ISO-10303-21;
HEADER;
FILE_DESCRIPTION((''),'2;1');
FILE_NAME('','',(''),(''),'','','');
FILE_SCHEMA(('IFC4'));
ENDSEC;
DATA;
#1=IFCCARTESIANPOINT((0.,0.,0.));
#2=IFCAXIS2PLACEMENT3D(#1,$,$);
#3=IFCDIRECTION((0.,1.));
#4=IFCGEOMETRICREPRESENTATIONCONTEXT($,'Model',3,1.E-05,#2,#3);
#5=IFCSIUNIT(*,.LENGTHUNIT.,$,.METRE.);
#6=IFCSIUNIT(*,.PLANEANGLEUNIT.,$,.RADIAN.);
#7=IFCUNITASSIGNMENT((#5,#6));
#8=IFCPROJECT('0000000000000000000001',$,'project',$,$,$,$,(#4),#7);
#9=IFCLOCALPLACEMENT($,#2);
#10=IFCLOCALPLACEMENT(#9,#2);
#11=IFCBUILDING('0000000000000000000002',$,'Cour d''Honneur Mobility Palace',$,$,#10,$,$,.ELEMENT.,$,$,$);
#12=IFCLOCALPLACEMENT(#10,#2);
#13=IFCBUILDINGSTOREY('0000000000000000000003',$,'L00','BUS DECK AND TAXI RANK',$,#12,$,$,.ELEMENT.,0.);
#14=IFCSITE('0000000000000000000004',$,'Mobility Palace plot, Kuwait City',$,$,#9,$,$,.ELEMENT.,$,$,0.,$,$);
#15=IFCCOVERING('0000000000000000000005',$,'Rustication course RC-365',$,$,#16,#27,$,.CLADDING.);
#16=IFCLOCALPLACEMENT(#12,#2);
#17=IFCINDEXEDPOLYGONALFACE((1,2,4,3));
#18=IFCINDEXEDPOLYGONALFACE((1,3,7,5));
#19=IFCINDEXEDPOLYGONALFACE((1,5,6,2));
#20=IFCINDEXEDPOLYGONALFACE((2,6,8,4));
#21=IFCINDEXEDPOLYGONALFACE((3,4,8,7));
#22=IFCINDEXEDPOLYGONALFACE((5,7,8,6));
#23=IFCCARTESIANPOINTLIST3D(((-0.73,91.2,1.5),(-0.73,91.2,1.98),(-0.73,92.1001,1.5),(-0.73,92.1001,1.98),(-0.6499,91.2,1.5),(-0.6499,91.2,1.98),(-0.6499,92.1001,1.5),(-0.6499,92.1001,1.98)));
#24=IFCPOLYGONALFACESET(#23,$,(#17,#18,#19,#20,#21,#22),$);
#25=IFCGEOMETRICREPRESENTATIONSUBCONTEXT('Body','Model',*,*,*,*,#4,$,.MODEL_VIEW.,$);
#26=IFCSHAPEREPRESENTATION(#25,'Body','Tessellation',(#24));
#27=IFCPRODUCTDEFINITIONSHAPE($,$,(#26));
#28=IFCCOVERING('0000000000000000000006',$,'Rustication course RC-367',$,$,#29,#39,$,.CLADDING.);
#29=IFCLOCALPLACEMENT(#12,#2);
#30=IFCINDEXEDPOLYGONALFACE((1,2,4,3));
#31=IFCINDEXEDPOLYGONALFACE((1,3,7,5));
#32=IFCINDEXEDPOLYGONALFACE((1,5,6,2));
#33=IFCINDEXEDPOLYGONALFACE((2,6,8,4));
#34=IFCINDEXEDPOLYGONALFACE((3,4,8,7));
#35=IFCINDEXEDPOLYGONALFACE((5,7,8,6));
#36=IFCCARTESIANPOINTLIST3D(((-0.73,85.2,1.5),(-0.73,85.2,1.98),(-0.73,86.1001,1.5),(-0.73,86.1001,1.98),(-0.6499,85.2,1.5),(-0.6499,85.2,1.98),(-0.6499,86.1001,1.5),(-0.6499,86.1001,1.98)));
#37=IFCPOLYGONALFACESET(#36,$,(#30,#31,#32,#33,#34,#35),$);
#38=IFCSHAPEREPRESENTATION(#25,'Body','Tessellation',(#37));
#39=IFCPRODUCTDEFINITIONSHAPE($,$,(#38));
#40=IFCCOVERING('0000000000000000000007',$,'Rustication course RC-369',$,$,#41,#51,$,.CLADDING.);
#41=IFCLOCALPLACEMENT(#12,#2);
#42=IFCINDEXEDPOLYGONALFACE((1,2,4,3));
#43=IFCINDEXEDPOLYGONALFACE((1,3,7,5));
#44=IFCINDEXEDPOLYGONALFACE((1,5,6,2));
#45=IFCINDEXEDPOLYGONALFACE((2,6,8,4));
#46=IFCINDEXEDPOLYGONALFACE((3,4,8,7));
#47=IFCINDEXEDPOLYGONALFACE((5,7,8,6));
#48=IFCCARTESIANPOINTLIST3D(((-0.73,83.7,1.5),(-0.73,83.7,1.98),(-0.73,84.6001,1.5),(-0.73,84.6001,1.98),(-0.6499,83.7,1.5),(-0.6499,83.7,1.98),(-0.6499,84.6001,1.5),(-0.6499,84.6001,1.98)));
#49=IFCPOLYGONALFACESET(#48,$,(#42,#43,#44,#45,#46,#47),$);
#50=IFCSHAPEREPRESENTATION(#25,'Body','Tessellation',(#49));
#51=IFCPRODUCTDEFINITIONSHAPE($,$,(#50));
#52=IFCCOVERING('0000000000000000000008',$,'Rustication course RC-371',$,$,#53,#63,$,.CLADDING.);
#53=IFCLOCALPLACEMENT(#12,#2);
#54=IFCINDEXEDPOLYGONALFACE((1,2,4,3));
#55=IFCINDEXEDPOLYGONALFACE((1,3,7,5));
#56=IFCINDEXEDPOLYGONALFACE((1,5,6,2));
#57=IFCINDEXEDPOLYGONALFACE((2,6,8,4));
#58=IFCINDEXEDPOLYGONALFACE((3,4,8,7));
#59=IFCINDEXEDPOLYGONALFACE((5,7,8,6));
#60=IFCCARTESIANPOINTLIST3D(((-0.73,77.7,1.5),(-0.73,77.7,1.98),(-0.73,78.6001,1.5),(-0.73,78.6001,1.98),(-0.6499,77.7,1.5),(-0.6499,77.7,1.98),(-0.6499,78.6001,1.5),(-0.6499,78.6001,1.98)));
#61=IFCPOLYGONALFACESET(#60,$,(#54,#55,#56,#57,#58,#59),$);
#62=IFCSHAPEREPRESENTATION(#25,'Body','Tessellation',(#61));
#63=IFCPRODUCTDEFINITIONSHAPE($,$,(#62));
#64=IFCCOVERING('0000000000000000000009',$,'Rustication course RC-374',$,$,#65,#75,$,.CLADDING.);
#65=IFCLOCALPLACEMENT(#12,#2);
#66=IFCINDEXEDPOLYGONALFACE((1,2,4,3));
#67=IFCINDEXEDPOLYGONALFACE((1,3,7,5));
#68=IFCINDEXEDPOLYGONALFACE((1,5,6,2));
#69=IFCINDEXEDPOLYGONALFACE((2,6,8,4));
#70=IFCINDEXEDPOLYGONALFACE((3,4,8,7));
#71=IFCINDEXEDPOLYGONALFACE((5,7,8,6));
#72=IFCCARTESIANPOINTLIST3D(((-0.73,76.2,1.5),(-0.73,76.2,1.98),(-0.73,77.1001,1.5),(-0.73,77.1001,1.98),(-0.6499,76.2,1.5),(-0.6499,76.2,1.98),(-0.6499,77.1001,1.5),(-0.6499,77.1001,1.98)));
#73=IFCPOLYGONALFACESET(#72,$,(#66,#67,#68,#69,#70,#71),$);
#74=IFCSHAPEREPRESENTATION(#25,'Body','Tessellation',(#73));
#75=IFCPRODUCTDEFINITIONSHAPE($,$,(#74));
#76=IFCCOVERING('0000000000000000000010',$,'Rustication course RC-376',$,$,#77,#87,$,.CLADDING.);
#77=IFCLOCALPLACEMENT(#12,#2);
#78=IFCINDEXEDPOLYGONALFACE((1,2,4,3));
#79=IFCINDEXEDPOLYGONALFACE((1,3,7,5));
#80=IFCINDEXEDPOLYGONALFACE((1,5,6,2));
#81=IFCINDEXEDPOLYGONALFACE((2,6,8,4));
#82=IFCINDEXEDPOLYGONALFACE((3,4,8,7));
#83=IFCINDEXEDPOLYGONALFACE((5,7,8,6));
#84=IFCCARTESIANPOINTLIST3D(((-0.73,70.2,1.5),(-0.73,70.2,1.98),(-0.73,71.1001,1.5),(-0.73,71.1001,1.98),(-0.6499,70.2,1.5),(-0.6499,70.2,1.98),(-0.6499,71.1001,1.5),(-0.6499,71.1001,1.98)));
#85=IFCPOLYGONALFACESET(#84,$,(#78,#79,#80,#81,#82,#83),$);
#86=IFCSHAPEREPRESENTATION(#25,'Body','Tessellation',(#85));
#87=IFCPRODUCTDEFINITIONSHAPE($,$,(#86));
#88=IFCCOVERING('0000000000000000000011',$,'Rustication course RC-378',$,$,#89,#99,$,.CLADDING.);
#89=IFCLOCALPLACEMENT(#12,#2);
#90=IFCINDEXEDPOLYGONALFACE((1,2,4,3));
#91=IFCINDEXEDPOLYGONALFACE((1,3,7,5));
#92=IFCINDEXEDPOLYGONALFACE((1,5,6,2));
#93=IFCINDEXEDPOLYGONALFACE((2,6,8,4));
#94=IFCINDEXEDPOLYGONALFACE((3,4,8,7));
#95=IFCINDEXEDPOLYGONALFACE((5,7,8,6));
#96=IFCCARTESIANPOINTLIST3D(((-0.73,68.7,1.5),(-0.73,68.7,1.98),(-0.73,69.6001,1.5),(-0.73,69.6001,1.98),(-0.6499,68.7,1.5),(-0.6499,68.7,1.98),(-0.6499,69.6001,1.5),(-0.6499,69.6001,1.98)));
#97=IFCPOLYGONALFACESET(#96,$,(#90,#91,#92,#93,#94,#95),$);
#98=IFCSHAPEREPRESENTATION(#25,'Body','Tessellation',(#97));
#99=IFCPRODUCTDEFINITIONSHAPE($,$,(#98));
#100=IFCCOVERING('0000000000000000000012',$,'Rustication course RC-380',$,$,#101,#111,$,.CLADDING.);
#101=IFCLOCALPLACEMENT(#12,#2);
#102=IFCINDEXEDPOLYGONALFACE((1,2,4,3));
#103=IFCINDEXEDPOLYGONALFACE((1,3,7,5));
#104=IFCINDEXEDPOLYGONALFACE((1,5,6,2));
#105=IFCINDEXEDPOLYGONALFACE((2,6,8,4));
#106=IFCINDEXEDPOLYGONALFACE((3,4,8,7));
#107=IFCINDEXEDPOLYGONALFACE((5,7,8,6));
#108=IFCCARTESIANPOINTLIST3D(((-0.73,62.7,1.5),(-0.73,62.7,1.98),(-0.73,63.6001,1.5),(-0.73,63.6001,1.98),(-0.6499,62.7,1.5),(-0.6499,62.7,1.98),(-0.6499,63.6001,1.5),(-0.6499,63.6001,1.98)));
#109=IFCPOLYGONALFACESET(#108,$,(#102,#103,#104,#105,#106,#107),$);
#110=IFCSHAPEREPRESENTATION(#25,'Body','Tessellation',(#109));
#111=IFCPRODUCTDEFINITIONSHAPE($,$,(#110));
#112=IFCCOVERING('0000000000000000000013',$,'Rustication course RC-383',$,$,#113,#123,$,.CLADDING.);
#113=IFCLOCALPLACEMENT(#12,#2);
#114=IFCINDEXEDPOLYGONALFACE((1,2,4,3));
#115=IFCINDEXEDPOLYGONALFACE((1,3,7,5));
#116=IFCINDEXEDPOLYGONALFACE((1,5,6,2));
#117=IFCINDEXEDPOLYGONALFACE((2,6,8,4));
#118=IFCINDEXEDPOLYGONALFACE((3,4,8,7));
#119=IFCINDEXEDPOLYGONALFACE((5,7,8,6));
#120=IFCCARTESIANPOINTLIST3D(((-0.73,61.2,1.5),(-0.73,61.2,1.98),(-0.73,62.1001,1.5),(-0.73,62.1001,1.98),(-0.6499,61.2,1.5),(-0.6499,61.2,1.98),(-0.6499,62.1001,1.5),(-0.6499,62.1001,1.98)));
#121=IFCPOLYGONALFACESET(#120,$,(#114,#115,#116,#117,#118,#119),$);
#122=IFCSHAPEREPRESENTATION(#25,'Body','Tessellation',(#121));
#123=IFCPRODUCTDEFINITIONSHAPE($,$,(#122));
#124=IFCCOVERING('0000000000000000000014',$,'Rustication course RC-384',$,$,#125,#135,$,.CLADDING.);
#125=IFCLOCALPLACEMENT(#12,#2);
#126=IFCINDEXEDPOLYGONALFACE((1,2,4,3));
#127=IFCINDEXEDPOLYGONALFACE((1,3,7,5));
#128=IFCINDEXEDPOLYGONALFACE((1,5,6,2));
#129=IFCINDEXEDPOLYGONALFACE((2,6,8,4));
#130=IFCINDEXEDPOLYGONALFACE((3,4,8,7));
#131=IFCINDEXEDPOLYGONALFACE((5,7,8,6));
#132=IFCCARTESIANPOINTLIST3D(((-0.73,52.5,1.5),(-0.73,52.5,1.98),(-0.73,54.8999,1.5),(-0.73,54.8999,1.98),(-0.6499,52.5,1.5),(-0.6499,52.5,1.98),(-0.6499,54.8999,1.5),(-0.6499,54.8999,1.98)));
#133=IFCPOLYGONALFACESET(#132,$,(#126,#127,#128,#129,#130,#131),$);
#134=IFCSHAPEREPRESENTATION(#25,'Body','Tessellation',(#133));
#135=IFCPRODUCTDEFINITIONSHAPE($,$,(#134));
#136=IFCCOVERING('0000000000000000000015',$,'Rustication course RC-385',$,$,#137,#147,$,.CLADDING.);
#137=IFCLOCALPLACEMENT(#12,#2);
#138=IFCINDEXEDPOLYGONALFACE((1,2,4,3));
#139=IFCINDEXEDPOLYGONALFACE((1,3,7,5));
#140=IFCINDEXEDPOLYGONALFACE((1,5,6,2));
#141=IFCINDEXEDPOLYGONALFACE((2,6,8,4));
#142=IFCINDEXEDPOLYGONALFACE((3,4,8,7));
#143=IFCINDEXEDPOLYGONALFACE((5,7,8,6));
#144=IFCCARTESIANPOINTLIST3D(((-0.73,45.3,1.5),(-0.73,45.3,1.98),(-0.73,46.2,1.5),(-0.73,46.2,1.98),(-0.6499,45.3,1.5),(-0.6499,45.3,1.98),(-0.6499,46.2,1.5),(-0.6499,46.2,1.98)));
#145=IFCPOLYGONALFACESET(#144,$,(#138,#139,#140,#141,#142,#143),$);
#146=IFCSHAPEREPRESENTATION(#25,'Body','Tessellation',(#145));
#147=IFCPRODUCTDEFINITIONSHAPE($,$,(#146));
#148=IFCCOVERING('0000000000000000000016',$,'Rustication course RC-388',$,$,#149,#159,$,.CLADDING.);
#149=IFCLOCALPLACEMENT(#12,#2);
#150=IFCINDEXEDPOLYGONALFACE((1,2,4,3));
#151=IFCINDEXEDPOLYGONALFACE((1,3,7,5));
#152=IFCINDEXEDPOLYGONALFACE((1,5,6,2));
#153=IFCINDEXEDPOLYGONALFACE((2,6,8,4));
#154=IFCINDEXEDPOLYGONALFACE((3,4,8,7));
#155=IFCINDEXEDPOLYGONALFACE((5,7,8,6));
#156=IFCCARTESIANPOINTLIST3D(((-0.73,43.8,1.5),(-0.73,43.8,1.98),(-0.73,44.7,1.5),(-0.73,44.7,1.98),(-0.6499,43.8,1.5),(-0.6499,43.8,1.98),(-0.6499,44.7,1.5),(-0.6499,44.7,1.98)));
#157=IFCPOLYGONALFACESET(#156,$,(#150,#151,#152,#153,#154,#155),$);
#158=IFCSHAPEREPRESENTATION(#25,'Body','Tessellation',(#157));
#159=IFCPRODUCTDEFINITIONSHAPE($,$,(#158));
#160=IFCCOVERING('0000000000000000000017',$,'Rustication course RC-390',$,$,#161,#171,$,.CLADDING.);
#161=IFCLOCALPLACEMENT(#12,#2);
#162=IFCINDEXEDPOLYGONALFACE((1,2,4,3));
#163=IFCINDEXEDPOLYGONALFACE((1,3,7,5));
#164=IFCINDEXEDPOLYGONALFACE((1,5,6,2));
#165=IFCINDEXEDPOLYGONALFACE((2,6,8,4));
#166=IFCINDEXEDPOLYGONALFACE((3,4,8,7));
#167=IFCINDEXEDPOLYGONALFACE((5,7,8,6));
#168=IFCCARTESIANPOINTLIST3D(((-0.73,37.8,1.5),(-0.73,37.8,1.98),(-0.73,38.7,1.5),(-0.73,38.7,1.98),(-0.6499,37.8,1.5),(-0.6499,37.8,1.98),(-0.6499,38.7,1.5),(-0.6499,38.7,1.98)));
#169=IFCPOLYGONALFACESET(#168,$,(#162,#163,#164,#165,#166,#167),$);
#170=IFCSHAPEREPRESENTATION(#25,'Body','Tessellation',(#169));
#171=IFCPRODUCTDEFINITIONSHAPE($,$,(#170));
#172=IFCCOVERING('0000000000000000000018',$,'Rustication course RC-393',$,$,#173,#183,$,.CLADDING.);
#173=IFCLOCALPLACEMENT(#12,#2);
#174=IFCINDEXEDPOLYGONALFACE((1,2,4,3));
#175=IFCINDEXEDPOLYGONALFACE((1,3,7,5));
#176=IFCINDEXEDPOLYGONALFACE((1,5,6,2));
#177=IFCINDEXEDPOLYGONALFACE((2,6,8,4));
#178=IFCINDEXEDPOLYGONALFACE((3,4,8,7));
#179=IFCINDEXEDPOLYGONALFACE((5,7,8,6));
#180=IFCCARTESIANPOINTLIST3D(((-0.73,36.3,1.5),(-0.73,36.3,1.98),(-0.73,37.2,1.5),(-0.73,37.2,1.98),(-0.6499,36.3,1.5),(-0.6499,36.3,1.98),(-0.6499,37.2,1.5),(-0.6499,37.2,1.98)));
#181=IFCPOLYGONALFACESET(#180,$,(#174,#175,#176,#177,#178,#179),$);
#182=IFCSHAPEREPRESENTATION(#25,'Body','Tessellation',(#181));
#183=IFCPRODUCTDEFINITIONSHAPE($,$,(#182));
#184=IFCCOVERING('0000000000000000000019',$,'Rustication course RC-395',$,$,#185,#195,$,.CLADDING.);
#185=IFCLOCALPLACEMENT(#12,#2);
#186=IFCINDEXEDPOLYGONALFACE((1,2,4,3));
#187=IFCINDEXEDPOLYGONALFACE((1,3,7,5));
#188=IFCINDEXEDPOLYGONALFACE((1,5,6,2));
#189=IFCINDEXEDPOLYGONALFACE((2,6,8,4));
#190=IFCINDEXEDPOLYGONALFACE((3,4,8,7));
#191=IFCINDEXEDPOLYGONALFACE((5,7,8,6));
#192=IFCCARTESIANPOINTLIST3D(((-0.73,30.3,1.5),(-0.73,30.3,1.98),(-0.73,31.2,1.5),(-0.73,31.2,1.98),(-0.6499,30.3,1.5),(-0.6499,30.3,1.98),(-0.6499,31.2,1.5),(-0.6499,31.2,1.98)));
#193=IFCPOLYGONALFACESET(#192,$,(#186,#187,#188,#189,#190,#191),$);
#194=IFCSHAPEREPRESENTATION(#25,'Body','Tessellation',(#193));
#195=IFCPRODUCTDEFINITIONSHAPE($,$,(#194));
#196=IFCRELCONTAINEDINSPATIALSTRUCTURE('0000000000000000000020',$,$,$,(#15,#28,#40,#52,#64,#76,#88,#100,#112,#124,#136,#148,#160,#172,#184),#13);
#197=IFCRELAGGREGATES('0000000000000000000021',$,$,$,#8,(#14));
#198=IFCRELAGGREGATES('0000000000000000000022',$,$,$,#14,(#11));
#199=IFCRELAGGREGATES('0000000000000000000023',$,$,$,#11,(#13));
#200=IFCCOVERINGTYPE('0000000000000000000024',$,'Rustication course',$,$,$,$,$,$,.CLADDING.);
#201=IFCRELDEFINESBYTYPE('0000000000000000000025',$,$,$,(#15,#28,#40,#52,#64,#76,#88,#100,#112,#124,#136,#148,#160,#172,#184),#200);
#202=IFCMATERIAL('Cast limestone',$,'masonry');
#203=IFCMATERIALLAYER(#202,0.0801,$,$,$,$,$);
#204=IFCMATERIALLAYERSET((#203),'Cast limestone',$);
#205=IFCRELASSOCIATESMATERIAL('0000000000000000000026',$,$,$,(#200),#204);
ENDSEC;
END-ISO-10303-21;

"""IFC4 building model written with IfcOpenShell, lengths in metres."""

from ifc_helpers import new_model, si_unit, direction, frame, origin, place, context, subcontext, project, spatial, polyline, outline, extrude, material, layer, layer_set, type_object, element, save


model = new_model("IFC4")

# Units and contexts
model_context = context("Model", 3, precision=1e-05, world=origin(), true_north=direction((0.0, 1.0)))
body_context = subcontext(model_context, "Body", "Model", "MODEL_VIEW")
ifc_project = project(units=[si_unit("LENGTHUNIT", "METRE"), si_unit("PLANEANGLEUNIT", "RADIAN")], contexts=[model_context])

# Site, building, storey
site_placement = place(None, origin())
site = spatial("IfcSite", under=ifc_project, at=site_placement, Name="Mobility Palace plot, Kuwait City", CompositionType="ELEMENT", RefElevation=0.0)
building_placement = place(site_placement, origin())
building = spatial("IfcBuilding", under=site, at=building_placement, Name="Cour d'Honneur Mobility Palace", CompositionType="ELEMENT")
storey_placement = place(building_placement, origin())
storey = spatial("IfcBuildingStorey", under=building, at=storey_placement, Name="L00", Description="BUS DECK AND TAXI RANK", CompositionType="ELEMENT", Elevation=0.0)

# Coverings
ifc_material = material(Name="Cast limestone", Category="masonry")
ifc_layer = layer(ifc_material, 0.0801)
ifc_layer_set = layer_set([ifc_layer], Name="Cast limestone")
covering_type = type_object("IfcCoveringType", Name="Rustication course", PredefinedType="CLADDING", material=ifc_layer_set)
covering_1_placement = place(storey_placement, frame((0.0, 0.0, 1.5)))
element("IfcCovering", 1, at=covering_1_placement, inside=storey, type_object=covering_type, Name="Rustication course RC-365", PredefinedType="CLADDING", context=body_context, shape_type="SweptSolid", body=[
    extrude(outline(polyline([(-0.6499, 92.1001), (-0.6499, 91.2), (-0.73, 91.2), (-0.73, 92.1001), (-0.6499, 92.1001)])), origin(), (0.0, 0.0, 1.0), 0.48),
])
covering_2_placement = place(storey_placement, frame((0.0, 0.0, 1.5)))
element("IfcCovering", 2, at=covering_2_placement, inside=storey, type_object=covering_type, Name="Rustication course RC-367", PredefinedType="CLADDING", context=body_context, shape_type="SweptSolid", body=[
    extrude(outline(polyline([(-0.6499, 86.1001), (-0.6499, 85.2), (-0.73, 85.2), (-0.73, 86.1001), (-0.6499, 86.1001)])), origin(), (0.0, 0.0, 1.0), 0.48),
])
covering_3_placement = place(storey_placement, frame((0.0, 0.0, 1.5)))
element("IfcCovering", 3, at=covering_3_placement, inside=storey, type_object=covering_type, Name="Rustication course RC-369", PredefinedType="CLADDING", context=body_context, shape_type="SweptSolid", body=[
    extrude(outline(polyline([(-0.6499, 84.6001), (-0.6499, 83.7), (-0.73, 83.7), (-0.73, 84.6001), (-0.6499, 84.6001)])), origin(), (0.0, 0.0, 1.0), 0.48),
])
covering_4_placement = place(storey_placement, frame((0.0, 0.0, 1.5)))
element("IfcCovering", 4, at=covering_4_placement, inside=storey, type_object=covering_type, Name="Rustication course RC-371", PredefinedType="CLADDING", context=body_context, shape_type="SweptSolid", body=[
    extrude(outline(polyline([(-0.6499, 78.6001), (-0.6499, 77.7), (-0.73, 77.7), (-0.73, 78.6001), (-0.6499, 78.6001)])), origin(), (0.0, 0.0, 1.0), 0.48),
])
covering_5_placement = place(storey_placement, frame((0.0, 0.0, 1.5)))
element("IfcCovering", 5, at=covering_5_placement, inside=storey, type_object=covering_type, Name="Rustication course RC-374", PredefinedType="CLADDING", context=body_context, shape_type="SweptSolid", body=[
    extrude(outline(polyline([(-0.6499, 77.1001), (-0.6499, 76.2), (-0.73, 76.2), (-0.73, 77.1001), (-0.6499, 77.1001)])), origin(), (0.0, 0.0, 1.0), 0.48),
])
covering_6_placement = place(storey_placement, frame((0.0, 0.0, 1.5)))
element("IfcCovering", 6, at=covering_6_placement, inside=storey, type_object=covering_type, Name="Rustication course RC-376", PredefinedType="CLADDING", context=body_context, shape_type="SweptSolid", body=[
    extrude(outline(polyline([(-0.6499, 71.1001), (-0.6499, 70.2), (-0.73, 70.2), (-0.73, 71.1001), (-0.6499, 71.1001)])), origin(), (0.0, 0.0, 1.0), 0.48),
])
covering_7_placement = place(storey_placement, frame((0.0, 0.0, 1.5)))
element("IfcCovering", 7, at=covering_7_placement, inside=storey, type_object=covering_type, Name="Rustication course RC-378", PredefinedType="CLADDING", context=body_context, shape_type="SweptSolid", body=[
    extrude(outline(polyline([(-0.6499, 69.6001), (-0.6499, 68.7), (-0.73, 68.7), (-0.73, 69.6001), (-0.6499, 69.6001)])), origin(), (0.0, 0.0, 1.0), 0.48),
])
covering_8_placement = place(storey_placement, frame((0.0, 0.0, 1.5)))
element("IfcCovering", 8, at=covering_8_placement, inside=storey, type_object=covering_type, Name="Rustication course RC-380", PredefinedType="CLADDING", context=body_context, shape_type="SweptSolid", body=[
    extrude(outline(polyline([(-0.6499, 63.6001), (-0.6499, 62.7), (-0.73, 62.7), (-0.73, 63.6001), (-0.6499, 63.6001)])), origin(), (0.0, 0.0, 1.0), 0.48),
])
covering_9_placement = place(storey_placement, frame((0.0, 0.0, 1.5)))
element("IfcCovering", 9, at=covering_9_placement, inside=storey, type_object=covering_type, Name="Rustication course RC-383", PredefinedType="CLADDING", context=body_context, shape_type="SweptSolid", body=[
    extrude(outline(polyline([(-0.6499, 62.1001), (-0.6499, 61.2), (-0.73, 61.2), (-0.73, 62.1001), (-0.6499, 62.1001)])), origin(), (0.0, 0.0, 1.0), 0.48),
])
covering_10_placement = place(storey_placement, frame((0.0, 0.0, 1.5)))
element("IfcCovering", 10, at=covering_10_placement, inside=storey, type_object=covering_type, Name="Rustication course RC-384", PredefinedType="CLADDING", context=body_context, shape_type="SweptSolid", body=[
    extrude(outline(polyline([(-0.6499, 54.8999), (-0.6499, 52.5), (-0.73, 52.5), (-0.73, 54.8999), (-0.6499, 54.8999)])), origin(), (0.0, 0.0, 1.0), 0.48),
])
covering_11_placement = place(storey_placement, frame((0.0, 0.0, 1.5)))
element("IfcCovering", 11, at=covering_11_placement, inside=storey, type_object=covering_type, Name="Rustication course RC-385", PredefinedType="CLADDING", context=body_context, shape_type="SweptSolid", body=[
    extrude(outline(polyline([(-0.6499, 46.2), (-0.6499, 45.3), (-0.73, 45.3), (-0.73, 46.2), (-0.6499, 46.2)])), origin(), (0.0, 0.0, 1.0), 0.48),
])
covering_12_placement = place(storey_placement, frame((0.0, 0.0, 1.5)))
element("IfcCovering", 12, at=covering_12_placement, inside=storey, type_object=covering_type, Name="Rustication course RC-388", PredefinedType="CLADDING", context=body_context, shape_type="SweptSolid", body=[
    extrude(outline(polyline([(-0.6499, 44.7), (-0.6499, 43.8), (-0.73, 43.8), (-0.73, 44.7), (-0.6499, 44.7)])), origin(), (0.0, 0.0, 1.0), 0.48),
])
covering_13_placement = place(storey_placement, frame((0.0, 0.0, 1.5)))
element("IfcCovering", 13, at=covering_13_placement, inside=storey, type_object=covering_type, Name="Rustication course RC-390", PredefinedType="CLADDING", context=body_context, shape_type="SweptSolid", body=[
    extrude(outline(polyline([(-0.6499, 38.7), (-0.6499, 37.8), (-0.73, 37.8), (-0.73, 38.7), (-0.6499, 38.7)])), origin(), (0.0, 0.0, 1.0), 0.48),
])
covering_14_placement = place(storey_placement, frame((0.0, 0.0, 1.5)))
element("IfcCovering", 14, at=covering_14_placement, inside=storey, type_object=covering_type, Name="Rustication course RC-393", PredefinedType="CLADDING", context=body_context, shape_type="SweptSolid", body=[
    extrude(outline(polyline([(-0.6499, 37.2), (-0.6499, 36.3), (-0.73, 36.3), (-0.73, 37.2), (-0.6499, 37.2)])), origin(), (0.0, 0.0, 1.0), 0.48),
])
covering_15_placement = place(storey_placement, frame((0.0, 0.0, 1.5)))
element("IfcCovering", 15, at=covering_15_placement, inside=storey, type_object=covering_type, Name="Rustication course RC-395", PredefinedType="CLADDING", context=body_context, shape_type="SweptSolid", body=[
    extrude(outline(polyline([(-0.6499, 31.2), (-0.6499, 30.3), (-0.73, 30.3), (-0.73, 31.2), (-0.6499, 31.2)])), origin(), (0.0, 0.0, 1.0), 0.48),
])

save(model, "model.ifc")
